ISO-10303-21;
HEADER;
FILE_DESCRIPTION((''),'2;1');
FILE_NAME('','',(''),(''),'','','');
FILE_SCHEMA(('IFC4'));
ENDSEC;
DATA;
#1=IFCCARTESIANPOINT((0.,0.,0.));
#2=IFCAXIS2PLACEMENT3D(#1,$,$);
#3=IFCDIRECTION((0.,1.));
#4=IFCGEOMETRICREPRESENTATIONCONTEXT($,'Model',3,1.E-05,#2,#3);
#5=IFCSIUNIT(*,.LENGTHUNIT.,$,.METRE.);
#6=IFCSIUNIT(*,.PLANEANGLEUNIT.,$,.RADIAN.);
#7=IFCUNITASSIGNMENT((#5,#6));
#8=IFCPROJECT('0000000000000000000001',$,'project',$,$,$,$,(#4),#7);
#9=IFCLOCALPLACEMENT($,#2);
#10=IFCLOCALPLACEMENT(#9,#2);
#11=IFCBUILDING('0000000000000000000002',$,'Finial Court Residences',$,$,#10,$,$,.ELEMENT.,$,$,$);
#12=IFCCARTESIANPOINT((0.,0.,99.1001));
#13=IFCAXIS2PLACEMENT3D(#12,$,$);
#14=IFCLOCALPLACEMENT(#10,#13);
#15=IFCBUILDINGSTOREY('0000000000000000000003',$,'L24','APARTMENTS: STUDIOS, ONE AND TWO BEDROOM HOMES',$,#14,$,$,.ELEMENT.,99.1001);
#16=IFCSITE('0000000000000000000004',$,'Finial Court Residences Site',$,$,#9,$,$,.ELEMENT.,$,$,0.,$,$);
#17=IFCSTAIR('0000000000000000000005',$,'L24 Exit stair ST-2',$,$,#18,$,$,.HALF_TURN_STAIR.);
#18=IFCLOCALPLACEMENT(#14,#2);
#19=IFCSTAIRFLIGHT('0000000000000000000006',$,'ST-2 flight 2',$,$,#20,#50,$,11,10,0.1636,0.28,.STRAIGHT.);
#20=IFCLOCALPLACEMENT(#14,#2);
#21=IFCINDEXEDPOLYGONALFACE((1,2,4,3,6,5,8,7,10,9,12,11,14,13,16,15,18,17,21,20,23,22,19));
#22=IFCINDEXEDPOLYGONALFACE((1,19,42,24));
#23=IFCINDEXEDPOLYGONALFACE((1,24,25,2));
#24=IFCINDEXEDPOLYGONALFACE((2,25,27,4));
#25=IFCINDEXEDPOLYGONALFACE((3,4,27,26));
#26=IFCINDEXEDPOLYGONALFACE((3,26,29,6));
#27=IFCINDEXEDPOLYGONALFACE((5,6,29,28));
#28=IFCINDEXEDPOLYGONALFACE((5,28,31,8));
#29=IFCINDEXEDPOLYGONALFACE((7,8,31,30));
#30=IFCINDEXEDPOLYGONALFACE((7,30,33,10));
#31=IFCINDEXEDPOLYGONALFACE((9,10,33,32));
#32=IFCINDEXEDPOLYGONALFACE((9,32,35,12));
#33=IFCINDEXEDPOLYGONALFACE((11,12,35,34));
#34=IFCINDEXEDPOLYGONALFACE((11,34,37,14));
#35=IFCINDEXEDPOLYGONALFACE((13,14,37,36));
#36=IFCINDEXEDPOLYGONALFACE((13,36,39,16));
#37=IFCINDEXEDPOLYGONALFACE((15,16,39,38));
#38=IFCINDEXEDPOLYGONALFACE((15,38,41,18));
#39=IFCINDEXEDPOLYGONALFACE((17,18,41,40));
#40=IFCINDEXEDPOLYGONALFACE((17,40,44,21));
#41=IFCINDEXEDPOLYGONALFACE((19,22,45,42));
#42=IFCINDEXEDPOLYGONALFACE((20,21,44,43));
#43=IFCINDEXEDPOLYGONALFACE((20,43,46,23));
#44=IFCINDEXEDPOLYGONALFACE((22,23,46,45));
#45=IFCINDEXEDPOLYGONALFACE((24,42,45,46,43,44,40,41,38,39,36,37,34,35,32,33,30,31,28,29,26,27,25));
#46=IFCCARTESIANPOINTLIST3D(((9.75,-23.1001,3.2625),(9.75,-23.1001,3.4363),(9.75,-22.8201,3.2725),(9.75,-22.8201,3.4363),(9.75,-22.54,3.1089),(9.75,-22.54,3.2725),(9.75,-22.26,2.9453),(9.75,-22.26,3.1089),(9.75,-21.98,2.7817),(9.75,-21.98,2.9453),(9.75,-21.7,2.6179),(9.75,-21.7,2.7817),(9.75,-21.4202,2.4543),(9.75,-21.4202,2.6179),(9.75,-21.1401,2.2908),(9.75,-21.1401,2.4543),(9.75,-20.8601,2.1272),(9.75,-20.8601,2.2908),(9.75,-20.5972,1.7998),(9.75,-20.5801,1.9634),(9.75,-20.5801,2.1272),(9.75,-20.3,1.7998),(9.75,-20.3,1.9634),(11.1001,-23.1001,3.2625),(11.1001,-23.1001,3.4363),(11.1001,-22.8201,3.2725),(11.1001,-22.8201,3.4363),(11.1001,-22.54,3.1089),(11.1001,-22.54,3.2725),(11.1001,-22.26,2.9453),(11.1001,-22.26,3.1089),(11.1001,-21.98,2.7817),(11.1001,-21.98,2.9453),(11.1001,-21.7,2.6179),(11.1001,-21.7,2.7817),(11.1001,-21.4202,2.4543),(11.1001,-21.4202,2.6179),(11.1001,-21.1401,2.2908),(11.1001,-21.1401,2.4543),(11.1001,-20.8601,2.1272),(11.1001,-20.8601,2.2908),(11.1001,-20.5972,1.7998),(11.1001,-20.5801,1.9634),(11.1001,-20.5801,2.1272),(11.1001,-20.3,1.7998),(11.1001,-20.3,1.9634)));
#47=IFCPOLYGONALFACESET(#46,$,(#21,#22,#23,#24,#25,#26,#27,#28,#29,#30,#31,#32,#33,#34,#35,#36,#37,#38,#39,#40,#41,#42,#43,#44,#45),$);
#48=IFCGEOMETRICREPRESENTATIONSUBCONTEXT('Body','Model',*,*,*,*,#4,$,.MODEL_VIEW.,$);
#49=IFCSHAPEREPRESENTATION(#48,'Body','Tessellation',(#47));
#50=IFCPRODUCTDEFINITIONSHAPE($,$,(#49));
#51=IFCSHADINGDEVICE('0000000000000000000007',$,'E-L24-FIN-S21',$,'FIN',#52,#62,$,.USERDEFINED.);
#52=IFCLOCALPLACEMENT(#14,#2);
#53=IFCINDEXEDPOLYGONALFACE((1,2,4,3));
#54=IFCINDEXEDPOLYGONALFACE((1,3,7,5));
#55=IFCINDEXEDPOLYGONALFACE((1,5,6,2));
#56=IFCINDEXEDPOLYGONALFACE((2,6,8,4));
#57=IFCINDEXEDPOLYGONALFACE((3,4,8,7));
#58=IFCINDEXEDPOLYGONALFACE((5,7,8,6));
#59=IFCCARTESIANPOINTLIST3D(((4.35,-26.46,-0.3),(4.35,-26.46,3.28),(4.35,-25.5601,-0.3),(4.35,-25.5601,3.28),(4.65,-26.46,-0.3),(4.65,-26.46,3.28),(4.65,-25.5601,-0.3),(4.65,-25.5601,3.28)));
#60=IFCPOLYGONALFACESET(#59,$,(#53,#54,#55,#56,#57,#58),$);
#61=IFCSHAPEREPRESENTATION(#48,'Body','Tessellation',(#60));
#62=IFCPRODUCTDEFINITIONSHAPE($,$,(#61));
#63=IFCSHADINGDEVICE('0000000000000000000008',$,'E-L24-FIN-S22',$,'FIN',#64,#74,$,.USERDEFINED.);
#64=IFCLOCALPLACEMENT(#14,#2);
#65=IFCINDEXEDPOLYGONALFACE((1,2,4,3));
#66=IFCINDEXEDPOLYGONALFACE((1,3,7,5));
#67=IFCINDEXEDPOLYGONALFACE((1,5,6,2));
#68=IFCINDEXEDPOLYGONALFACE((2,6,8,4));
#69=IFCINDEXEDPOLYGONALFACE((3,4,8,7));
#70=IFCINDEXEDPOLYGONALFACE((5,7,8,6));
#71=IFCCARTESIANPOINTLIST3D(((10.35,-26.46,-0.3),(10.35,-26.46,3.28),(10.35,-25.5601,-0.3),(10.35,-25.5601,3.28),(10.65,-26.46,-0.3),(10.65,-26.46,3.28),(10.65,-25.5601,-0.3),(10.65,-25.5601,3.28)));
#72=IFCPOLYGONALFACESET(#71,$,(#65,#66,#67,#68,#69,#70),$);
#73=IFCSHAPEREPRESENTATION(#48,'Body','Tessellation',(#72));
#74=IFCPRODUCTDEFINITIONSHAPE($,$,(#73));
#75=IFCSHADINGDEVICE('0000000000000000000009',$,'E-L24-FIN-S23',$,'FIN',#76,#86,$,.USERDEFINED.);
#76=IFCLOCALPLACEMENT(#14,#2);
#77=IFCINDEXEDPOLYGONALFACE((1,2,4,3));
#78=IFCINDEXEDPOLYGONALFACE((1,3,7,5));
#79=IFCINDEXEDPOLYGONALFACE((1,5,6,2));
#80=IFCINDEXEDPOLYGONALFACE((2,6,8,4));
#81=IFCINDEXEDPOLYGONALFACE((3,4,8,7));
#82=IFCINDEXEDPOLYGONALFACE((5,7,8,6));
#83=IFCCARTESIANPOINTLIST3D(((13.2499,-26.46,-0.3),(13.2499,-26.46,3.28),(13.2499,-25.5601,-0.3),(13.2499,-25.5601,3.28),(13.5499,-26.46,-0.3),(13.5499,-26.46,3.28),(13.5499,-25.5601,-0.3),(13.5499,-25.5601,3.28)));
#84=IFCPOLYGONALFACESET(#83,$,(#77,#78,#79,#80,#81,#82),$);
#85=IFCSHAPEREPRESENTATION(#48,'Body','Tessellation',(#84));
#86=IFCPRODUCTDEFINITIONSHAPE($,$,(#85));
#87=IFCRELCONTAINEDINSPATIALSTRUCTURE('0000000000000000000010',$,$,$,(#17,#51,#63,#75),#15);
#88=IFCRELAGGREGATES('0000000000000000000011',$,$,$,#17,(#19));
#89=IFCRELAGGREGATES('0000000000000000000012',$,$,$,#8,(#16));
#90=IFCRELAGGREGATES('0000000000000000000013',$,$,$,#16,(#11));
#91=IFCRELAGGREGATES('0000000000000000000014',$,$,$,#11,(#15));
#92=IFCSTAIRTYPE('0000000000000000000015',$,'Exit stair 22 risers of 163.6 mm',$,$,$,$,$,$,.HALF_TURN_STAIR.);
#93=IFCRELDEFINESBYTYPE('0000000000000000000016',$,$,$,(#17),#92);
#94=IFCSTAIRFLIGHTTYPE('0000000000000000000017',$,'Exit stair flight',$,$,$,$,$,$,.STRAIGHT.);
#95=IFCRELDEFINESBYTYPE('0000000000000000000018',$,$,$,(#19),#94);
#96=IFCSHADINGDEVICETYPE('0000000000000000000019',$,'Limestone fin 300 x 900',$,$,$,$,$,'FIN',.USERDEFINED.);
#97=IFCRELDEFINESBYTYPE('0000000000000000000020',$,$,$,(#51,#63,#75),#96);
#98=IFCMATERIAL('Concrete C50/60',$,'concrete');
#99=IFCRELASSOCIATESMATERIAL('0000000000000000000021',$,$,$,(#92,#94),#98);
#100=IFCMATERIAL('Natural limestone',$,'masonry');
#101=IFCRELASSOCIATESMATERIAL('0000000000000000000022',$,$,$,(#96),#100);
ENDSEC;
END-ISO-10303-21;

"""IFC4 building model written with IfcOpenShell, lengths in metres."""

from ifc_helpers import new_model, si_unit, direction, frame, origin, origin_2d, place, context, subcontext, project, spatial, polyline, rectangle, outline, extrude, material, type_object, element, aggregate, save


model = new_model("IFC4")

# Units and contexts
model_context = context("Model", 3, precision=1e-05, world=origin(), true_north=direction((0.0, 1.0)))
body_context = subcontext(model_context, "Body", "Model", "MODEL_VIEW")
ifc_project = project(units=[si_unit("LENGTHUNIT", "METRE"), si_unit("PLANEANGLEUNIT", "RADIAN")], contexts=[model_context])

# Site, building, storey
site_placement = place(None, origin())
site = spatial("IfcSite", under=ifc_project, at=site_placement, Name="Finial Court Residences Site", CompositionType="ELEMENT", RefElevation=0.0)
building_placement = place(site_placement, origin())
building = spatial("IfcBuilding", under=site, at=building_placement, Name="Finial Court Residences", CompositionType="ELEMENT")
storey_placement = place(building_placement, frame((0.0, 0.0, 99.1001)))
storey = spatial("IfcBuildingStorey", under=building, at=storey_placement, Name="L24", Description="APARTMENTS: STUDIOS, ONE AND TWO BEDROOM HOMES", CompositionType="ELEMENT", Elevation=99.1001)

# Stair, stair flight
ifc_material_1 = material(Name="Concrete C50/60", Category="concrete")
stair_type = type_object("IfcStairType", Name="Exit stair 22 risers of 163.6 mm", PredefinedType="HALF_TURN_STAIR", material=ifc_material_1)
stair_placement = place(storey_placement, origin())
stair = element("IfcStair", 1, at=stair_placement, inside=storey, type_object=stair_type, Name="L24 Exit stair ST-2", PredefinedType="HALF_TURN_STAIR")
stair_flight_type = type_object("IfcStairFlightType", Name="Exit stair flight", PredefinedType="STRAIGHT", material=ifc_material_1)
stair_flight_1_placement = place(storey_placement, frame((10.425, -20.3, 1.7998), z_axis=(0.0, 0.0, 1.0), x_axis=(0.0, -1.0, 0.0)))
stair_flight_1 = element("IfcStairFlight", 2, at=stair_flight_1_placement, type_object=stair_flight_type, Name="ST-2 flight 2", NumberOfRisers=11, NumberOfTreads=10, PredefinedType="STRAIGHT", RiserHeight=0.1636, TreadLength=0.28, context=body_context, shape_type="SweptSolid", body=[
    extrude(outline(polyline([(0.0, 0.0), (0.0, 0.1636), (0.28, 0.1636), (0.28, 0.3274), (0.5601, 0.3274), (0.5601, 0.491), (0.8401, 0.491), (0.8401, 0.6545), (1.1201, 0.6545), (1.1201, 0.8181), (1.3999, 0.8181), (1.3999, 0.9819), (1.6799, 0.9819), (1.6799, 1.1455), (1.96, 1.1455), (1.96, 1.3091), (2.24, 1.3091), (2.24, 1.4727), (2.52, 1.4727), (2.52, 1.6365), (2.8, 1.6365), (2.8, 1.8), (2.8, 1.4626), (0.2971, 0.0), (0.0, 0.0)])), frame((0.0, 0.675, 0.0), z_axis=(0.0, -1.0, 0.0), x_axis=(1.0, 0.0, 0.0)), (0.0, 0.0, 1.0), 1.3501),
])
aggregate(stair, [stair_flight_1])

# Shading devices
ifc_material_2 = material(Name="Natural limestone", Category="masonry")
shading_device_type = type_object("IfcShadingDeviceType", Name="Limestone fin 300 x 900", ElementType="FIN", PredefinedType="USERDEFINED", material=ifc_material_2)
for number, where, z_axis, x_axis, name in (
    (3, (4.5, -26.01, -0.3), (0.0, 0.0, 1.0), (1.0, 0.0, 0.0), "E-L24-FIN-S21"),
    (4, (10.5, -26.01, -0.3), (0.0, 0.0, 1.0), (1.0, 0.0, 0.0), "E-L24-FIN-S22"),
    (5, (13.3999, -26.01, -0.3), (0.0, 0.0, 1.0), (1.0, 0.0, 0.0), "E-L24-FIN-S23"),
):
    element("IfcShadingDevice", number, at=place(storey_placement, frame(where, z_axis=z_axis, x_axis=x_axis)), inside=storey, type_object=shading_device_type, Name=name, ObjectType="FIN", PredefinedType="USERDEFINED", context=body_context, shape_type="SweptSolid", body=[
        extrude(rectangle(XDim=0.3, YDim=0.8999, at=origin_2d()), origin(), (0.0, 0.0, 1.0), 3.5801),
    ])

save(model, "model.ifc")
